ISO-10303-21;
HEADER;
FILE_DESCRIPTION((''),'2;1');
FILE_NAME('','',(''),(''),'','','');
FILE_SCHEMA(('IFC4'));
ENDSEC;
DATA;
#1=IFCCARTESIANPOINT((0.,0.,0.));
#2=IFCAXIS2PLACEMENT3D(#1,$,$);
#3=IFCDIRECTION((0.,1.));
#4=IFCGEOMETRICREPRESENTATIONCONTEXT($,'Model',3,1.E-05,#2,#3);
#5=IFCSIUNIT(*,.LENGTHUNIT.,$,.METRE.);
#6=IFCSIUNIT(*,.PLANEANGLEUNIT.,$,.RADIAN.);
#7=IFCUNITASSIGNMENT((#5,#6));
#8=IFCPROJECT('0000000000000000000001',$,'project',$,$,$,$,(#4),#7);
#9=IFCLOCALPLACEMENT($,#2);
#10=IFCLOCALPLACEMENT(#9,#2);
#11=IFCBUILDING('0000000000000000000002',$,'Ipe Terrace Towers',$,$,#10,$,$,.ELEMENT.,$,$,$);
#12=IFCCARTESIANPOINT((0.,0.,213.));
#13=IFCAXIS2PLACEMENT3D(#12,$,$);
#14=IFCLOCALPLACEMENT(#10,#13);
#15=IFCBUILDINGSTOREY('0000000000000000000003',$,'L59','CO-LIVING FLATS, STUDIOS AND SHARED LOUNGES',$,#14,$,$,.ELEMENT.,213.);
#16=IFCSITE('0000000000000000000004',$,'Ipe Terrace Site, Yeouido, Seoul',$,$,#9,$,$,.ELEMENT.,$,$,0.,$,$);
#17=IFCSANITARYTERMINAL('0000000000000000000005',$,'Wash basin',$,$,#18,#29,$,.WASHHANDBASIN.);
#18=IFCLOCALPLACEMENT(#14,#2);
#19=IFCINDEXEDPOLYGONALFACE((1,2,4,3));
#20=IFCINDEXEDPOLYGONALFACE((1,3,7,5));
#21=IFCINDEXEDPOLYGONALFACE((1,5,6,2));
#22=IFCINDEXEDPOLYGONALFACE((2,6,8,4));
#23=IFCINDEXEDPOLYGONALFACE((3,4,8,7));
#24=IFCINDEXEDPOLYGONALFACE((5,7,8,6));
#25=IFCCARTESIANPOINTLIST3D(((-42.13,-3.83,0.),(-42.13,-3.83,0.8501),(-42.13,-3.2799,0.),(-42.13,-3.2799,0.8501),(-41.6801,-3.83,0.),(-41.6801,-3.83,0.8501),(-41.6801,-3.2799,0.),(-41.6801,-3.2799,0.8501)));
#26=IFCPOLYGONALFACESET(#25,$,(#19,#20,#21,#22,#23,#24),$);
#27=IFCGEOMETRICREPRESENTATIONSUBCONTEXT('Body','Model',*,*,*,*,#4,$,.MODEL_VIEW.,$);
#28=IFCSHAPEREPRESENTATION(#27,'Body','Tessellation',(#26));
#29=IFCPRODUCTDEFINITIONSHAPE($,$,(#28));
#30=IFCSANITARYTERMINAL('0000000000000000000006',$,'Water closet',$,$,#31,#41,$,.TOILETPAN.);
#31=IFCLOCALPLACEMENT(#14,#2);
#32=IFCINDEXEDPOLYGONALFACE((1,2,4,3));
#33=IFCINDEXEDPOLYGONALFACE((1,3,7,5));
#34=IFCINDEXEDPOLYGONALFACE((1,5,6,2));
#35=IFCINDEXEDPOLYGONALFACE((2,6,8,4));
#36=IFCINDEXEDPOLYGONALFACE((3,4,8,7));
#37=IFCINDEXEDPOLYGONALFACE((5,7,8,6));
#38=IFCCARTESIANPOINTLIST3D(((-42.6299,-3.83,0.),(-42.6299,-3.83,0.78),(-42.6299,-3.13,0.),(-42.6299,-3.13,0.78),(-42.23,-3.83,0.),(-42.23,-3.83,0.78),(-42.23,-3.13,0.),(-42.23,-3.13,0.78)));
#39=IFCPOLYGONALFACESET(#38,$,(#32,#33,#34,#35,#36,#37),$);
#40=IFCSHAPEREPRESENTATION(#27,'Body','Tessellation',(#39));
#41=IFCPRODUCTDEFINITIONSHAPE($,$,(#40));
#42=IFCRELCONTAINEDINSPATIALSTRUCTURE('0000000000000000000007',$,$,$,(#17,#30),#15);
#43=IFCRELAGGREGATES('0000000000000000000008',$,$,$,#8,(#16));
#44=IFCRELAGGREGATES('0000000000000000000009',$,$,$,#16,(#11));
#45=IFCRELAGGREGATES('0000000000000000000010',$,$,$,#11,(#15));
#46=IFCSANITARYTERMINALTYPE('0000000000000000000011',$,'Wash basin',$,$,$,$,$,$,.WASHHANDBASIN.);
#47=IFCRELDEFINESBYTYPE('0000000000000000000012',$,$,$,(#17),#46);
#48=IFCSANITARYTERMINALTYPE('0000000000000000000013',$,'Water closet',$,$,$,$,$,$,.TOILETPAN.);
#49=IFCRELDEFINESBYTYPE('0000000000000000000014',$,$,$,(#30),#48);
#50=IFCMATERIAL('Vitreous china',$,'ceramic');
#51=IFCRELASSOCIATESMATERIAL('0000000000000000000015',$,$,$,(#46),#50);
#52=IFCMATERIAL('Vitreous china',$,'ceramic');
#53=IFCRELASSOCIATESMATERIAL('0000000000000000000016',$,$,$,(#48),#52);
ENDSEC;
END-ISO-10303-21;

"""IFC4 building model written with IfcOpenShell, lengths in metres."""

from ifc_helpers import new_model, si_unit, direction, frame, origin, origin_2d, place, context, subcontext, project, spatial, rectangle, extrude, material, type_object, element, save


model = new_model("IFC4")

# Units and contexts
model_context = context("Model", 3, precision=1e-05, world=origin(), true_north=direction((0.0, 1.0)))
body_context = subcontext(model_context, "Body", "Model", "MODEL_VIEW")
ifc_project = project(units=[si_unit("LENGTHUNIT", "METRE"), si_unit("PLANEANGLEUNIT", "RADIAN")], contexts=[model_context])

# Site, building, storey
site_placement = place(None, origin())
site = spatial("IfcSite", under=ifc_project, at=site_placement, Name="Ipe Terrace Site, Yeouido, Seoul", CompositionType="ELEMENT", RefElevation=0.0)
building_placement = place(site_placement, origin())
building = spatial("IfcBuilding", under=site, at=building_placement, Name="Ipe Terrace Towers", CompositionType="ELEMENT")
storey_placement = place(building_placement, frame((0.0, 0.0, 213.0)))
storey = spatial("IfcBuildingStorey", under=building, at=storey_placement, Name="L59", Description="CO-LIVING FLATS, STUDIOS AND SHARED LOUNGES", CompositionType="ELEMENT", Elevation=213.0)

# Sanitary terminals
ifc_material_1 = material(Name="Vitreous china", Category="ceramic")
sanitary_terminal_type_1 = type_object("IfcSanitaryTerminalType", Name="Wash basin", PredefinedType="WASHHANDBASIN", material=ifc_material_1)
sanitary_terminal_1_placement = place(storey_placement, frame((-41.905, -3.5549, 0.0), z_axis=(0.0, 0.0, 1.0), x_axis=(0.0, 1.0, 0.0)))
element("IfcSanitaryTerminal", 1, at=sanitary_terminal_1_placement, inside=storey, type_object=sanitary_terminal_type_1, Name="Wash basin", PredefinedType="WASHHANDBASIN", context=body_context, shape_type="SweptSolid", body=[
    extrude(rectangle(XDim=0.55, YDim=0.45, at=origin_2d()), origin(), (0.0, 0.0, 1.0), 0.8501),
])
ifc_material_2 = material(Name="Vitreous china", Category="ceramic")
sanitary_terminal_type_2 = type_object("IfcSanitaryTerminalType", Name="Water closet", PredefinedType="TOILETPAN", material=ifc_material_2)
sanitary_terminal_2_placement = place(storey_placement, frame((-42.4299, -3.48, 0.0), z_axis=(0.0, 0.0, 1.0), x_axis=(0.0, 1.0, 0.0)))
element("IfcSanitaryTerminal", 2, at=sanitary_terminal_2_placement, inside=storey, type_object=sanitary_terminal_type_2, Name="Water closet", PredefinedType="TOILETPAN", context=body_context, shape_type="SweptSolid", body=[
    extrude(rectangle(XDim=0.7, YDim=0.3999, at=origin_2d()), origin(), (0.0, 0.0, 1.0), 0.78),
])

save(model, "model.ifc")
